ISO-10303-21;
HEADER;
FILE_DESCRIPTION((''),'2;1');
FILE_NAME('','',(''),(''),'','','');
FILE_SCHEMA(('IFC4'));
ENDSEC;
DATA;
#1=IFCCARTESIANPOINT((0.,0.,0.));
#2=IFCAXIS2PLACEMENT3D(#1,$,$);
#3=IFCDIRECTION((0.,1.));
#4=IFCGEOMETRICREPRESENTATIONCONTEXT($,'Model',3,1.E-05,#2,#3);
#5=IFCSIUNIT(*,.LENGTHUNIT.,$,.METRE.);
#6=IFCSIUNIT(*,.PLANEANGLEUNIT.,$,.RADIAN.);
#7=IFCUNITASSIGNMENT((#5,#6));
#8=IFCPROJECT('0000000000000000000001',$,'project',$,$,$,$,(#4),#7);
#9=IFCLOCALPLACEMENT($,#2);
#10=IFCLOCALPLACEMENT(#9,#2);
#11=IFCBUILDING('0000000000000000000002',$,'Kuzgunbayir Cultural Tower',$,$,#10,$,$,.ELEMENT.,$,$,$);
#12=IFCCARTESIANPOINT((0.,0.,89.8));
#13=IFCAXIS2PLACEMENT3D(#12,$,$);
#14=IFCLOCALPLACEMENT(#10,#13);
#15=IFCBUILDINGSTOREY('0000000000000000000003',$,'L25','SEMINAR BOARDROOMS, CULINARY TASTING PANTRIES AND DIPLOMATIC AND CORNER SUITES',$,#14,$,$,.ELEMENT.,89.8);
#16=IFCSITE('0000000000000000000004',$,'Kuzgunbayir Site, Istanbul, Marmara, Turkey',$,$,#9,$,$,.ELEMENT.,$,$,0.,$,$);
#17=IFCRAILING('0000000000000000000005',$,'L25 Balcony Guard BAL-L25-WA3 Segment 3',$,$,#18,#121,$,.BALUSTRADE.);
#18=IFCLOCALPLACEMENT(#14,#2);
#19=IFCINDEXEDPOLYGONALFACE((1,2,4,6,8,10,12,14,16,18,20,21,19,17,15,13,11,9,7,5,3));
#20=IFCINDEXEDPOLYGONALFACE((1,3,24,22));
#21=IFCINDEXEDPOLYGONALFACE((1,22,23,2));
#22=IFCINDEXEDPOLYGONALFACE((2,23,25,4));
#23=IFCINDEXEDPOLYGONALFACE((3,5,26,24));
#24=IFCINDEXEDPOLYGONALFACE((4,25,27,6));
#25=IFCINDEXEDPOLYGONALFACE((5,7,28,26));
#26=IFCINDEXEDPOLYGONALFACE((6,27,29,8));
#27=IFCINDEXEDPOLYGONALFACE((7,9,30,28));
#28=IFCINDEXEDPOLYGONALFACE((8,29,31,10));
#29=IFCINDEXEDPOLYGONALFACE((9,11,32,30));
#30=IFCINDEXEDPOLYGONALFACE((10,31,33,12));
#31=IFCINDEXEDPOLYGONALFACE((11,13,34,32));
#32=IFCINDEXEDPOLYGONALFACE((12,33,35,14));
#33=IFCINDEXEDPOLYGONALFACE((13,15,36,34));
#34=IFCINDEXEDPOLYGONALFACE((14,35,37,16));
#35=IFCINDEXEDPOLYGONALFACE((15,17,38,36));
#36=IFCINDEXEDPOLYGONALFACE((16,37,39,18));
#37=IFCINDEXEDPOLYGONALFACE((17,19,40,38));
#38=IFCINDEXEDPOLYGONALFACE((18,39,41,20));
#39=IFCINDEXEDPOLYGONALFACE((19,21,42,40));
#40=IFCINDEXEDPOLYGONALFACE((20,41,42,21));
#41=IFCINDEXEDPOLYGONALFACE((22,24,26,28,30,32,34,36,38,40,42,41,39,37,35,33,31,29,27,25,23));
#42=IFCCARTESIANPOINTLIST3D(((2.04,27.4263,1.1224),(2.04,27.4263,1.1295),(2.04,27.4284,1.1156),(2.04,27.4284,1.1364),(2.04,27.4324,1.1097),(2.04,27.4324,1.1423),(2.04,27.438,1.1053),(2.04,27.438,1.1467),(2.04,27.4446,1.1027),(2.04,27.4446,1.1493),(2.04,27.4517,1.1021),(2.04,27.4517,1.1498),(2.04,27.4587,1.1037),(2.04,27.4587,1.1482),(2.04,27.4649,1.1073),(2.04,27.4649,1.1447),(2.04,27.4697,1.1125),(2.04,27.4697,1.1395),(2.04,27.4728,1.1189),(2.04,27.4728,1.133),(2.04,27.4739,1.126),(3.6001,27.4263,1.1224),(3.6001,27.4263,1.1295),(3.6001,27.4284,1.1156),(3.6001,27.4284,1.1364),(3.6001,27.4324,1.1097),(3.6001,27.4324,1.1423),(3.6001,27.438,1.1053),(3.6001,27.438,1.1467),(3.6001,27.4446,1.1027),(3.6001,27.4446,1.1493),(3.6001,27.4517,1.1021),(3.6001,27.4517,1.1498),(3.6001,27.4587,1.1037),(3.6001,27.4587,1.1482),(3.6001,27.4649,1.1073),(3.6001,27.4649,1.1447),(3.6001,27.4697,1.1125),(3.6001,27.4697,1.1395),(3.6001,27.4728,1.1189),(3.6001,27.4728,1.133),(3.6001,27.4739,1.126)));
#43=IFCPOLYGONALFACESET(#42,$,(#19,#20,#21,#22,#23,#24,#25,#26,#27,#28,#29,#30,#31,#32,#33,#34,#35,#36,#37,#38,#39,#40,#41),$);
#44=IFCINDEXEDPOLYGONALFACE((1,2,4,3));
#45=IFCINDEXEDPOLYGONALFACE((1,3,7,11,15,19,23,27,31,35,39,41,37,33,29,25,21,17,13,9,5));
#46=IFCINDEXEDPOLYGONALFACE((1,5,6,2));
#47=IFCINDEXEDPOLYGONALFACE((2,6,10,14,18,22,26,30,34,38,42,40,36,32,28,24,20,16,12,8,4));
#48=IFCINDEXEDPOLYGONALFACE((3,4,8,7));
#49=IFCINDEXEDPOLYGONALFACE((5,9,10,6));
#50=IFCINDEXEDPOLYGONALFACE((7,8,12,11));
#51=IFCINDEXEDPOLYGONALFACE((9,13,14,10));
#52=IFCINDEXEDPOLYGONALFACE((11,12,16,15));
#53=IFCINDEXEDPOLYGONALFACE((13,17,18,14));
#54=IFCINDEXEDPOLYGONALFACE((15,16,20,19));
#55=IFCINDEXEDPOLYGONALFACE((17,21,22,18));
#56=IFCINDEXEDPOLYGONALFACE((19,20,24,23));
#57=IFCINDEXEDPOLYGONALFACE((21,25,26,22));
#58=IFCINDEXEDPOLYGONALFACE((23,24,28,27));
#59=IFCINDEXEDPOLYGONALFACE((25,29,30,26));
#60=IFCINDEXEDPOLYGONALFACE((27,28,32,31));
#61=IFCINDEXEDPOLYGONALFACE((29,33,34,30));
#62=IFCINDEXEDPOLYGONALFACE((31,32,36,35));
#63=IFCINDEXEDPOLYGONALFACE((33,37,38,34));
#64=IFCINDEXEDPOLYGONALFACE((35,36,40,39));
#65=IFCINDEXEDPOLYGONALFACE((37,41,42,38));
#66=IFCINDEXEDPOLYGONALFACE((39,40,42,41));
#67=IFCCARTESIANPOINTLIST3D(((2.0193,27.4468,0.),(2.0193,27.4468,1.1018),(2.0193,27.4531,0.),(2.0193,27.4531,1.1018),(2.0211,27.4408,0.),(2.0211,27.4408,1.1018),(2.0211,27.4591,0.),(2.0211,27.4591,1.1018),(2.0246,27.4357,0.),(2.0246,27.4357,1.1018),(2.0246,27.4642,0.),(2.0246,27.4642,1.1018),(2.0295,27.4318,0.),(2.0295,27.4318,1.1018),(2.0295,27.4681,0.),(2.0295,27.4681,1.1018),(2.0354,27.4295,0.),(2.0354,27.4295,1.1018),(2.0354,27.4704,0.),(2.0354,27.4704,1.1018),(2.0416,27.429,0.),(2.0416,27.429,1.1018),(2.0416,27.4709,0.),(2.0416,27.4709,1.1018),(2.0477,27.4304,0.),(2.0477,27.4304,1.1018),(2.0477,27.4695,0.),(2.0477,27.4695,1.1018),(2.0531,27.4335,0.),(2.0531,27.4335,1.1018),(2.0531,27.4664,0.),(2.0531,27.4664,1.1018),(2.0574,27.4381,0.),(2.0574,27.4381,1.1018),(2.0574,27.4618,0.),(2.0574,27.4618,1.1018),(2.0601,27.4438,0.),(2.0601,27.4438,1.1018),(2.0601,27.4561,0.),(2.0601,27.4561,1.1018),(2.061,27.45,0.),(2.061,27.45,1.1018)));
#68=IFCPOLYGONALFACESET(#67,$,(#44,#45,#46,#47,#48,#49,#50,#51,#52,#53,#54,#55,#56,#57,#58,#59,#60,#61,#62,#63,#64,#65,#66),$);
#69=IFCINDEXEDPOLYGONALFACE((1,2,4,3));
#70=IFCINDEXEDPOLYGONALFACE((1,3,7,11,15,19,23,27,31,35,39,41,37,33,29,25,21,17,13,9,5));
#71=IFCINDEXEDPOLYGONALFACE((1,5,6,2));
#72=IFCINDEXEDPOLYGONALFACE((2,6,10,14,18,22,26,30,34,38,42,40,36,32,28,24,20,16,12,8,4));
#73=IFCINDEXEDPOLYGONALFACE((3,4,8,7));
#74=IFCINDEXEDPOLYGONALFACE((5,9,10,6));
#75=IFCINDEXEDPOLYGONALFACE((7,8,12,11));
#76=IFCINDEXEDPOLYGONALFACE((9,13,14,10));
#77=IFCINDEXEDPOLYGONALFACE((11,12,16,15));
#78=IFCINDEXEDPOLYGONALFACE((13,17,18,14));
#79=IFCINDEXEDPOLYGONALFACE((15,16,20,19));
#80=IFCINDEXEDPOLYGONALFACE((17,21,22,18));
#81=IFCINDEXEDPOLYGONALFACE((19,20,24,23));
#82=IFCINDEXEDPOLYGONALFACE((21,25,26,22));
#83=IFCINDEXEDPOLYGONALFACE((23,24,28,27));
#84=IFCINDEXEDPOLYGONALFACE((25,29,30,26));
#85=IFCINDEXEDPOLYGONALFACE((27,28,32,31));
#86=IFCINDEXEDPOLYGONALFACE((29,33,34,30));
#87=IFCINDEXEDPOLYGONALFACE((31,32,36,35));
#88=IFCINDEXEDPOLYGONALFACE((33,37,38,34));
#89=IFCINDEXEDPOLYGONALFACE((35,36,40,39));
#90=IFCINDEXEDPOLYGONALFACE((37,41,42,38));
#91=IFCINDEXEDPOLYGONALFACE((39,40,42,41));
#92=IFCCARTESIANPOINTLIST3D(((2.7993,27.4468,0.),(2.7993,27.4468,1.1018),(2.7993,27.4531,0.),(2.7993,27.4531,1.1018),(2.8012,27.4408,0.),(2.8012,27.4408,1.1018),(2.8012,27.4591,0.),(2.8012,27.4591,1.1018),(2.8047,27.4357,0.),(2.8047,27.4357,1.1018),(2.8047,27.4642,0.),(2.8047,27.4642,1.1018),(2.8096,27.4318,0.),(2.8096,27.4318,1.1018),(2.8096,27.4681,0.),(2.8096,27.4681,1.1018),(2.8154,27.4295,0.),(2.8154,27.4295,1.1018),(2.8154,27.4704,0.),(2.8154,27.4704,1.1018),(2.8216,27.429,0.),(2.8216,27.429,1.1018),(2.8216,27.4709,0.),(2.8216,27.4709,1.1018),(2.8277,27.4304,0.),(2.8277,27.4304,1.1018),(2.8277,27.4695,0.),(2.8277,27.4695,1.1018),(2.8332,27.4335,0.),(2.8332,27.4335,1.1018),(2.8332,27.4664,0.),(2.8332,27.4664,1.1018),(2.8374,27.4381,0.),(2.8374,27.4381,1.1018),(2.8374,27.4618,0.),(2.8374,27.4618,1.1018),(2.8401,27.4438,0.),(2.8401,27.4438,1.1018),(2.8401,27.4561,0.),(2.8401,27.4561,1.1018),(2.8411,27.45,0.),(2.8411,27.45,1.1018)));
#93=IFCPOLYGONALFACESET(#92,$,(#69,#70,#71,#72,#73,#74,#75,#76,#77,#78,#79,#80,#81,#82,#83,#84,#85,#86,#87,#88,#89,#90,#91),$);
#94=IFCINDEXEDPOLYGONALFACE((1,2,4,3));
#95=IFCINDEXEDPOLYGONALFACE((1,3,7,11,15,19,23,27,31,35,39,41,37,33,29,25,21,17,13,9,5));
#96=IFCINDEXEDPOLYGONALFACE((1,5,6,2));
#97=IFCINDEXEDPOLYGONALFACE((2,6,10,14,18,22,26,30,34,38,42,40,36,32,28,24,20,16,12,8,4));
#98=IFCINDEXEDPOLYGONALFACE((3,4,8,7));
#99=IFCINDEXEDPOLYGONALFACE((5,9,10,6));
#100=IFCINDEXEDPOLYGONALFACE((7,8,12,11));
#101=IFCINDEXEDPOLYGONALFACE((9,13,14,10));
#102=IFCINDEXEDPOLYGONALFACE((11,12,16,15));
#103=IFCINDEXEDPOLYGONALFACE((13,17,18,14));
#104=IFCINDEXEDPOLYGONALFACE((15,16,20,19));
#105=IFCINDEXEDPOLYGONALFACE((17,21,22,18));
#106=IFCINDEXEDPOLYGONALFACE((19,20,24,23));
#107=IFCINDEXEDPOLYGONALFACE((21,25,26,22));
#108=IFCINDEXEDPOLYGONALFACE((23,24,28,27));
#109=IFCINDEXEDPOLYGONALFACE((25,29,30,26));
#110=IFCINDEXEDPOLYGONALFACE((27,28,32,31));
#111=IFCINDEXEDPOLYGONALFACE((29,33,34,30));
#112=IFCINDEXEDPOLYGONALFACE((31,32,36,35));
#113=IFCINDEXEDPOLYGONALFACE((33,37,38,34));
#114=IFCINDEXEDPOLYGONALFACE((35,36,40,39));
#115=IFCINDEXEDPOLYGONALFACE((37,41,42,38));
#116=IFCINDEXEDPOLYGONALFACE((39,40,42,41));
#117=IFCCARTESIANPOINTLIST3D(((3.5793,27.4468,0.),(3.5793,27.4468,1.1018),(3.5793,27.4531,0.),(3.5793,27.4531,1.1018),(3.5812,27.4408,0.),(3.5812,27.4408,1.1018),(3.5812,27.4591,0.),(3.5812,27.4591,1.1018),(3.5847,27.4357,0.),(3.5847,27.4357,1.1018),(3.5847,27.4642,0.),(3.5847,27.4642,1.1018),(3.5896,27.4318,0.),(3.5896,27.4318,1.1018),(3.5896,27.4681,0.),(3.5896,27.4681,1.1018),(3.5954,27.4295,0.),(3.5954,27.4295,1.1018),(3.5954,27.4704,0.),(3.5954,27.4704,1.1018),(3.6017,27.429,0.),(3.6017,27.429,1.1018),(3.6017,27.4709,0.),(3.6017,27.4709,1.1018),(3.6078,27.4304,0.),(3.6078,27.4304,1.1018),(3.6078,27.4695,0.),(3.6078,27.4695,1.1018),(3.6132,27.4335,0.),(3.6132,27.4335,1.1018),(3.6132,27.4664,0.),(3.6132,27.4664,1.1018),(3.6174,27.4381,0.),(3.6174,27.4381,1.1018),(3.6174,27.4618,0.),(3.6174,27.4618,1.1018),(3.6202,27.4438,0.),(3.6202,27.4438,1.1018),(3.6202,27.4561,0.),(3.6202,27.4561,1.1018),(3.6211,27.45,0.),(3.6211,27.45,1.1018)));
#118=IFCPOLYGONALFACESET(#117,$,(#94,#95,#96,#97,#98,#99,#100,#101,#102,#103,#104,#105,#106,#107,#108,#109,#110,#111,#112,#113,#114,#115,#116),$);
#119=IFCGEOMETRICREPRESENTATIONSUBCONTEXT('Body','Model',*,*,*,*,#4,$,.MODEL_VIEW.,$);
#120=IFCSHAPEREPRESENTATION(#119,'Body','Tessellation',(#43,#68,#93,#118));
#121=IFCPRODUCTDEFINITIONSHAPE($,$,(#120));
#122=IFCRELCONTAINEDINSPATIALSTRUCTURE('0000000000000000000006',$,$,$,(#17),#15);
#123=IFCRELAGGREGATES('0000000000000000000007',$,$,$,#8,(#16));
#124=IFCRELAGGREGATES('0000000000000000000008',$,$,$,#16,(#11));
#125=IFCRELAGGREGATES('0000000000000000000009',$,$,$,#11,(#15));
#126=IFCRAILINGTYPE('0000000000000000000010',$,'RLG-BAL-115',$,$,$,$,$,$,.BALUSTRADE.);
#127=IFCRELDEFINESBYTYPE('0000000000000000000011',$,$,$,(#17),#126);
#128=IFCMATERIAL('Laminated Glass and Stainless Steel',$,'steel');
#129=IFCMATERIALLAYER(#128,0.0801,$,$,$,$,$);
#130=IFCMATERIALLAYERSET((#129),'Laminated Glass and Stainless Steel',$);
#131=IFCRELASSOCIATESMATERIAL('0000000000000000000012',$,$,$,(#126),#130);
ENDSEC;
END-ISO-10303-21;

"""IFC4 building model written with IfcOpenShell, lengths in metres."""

from ifc_helpers import new_model, si_unit, direction, frame, origin, origin_2d, place, context, subcontext, project, spatial, circle, extrude, material, layer, layer_set, type_object, element, save


model = new_model("IFC4")

# Units and contexts
model_context = context("Model", 3, precision=1e-05, world=origin(), true_north=direction((0.0, 1.0)))
body_context = subcontext(model_context, "Body", "Model", "MODEL_VIEW")
ifc_project = project(units=[si_unit("LENGTHUNIT", "METRE"), si_unit("PLANEANGLEUNIT", "RADIAN")], contexts=[model_context])

# Site, building, storey
site_placement = place(None, origin())
site = spatial("IfcSite", under=ifc_project, at=site_placement, Name="Kuzgunbayir Site, Istanbul, Marmara, Turkey", CompositionType="ELEMENT", RefElevation=0.0)
building_placement = place(site_placement, origin())
building = spatial("IfcBuilding", under=site, at=building_placement, Name="Kuzgunbayir Cultural Tower", CompositionType="ELEMENT")
storey_placement = place(building_placement, frame((0.0, 0.0, 89.8)))
storey = spatial("IfcBuildingStorey", under=building, at=storey_placement, Name="L25", Description="SEMINAR BOARDROOMS, CULINARY TASTING PANTRIES AND DIPLOMATIC AND CORNER SUITES", CompositionType="ELEMENT", Elevation=89.8)

# Railing
ifc_material_1 = material(Name="Laminated Glass and Stainless Steel", Category="steel")
ifc_layer_1 = layer(ifc_material_1, 0.0801)
ifc_layer_set_1 = layer_set([ifc_layer_1], Name="Laminated Glass and Stainless Steel")
railing_type = type_object("IfcRailingType", Name="RLG-BAL-115", PredefinedType="BALUSTRADE", material=ifc_layer_set_1)
railing_1_placement = place(storey_placement, frame((2.04, 27.45, 0.0)))
element("IfcRailing", 1, at=railing_1_placement, inside=storey, type_object=railing_type, Name="L25 Balcony Guard BAL-L25-WA3 Segment 3", PredefinedType="BALUSTRADE", context=body_context, shape_type="SweptSolid", body=[
    extrude(circle(Radius=0.0239, at=origin_2d()), frame((0.0, 0.0, 1.126), z_axis=(1.0, 0.0, 0.0), x_axis=(0.0, 1.0, 0.0)), (0.0, 0.0, 1.0), 1.5601),
    extrude(circle(Radius=0.021, at=origin_2d()), origin(), (0.0, 0.0, 1.0), 1.1018),
    extrude(circle(Radius=0.021, at=origin_2d()), frame((0.78, 0.0, 0.0)), (0.0, 0.0, 1.0), 1.1018),
    extrude(circle(Radius=0.021, at=origin_2d()), frame((1.5601, 0.0, 0.0)), (0.0, 0.0, 1.0), 1.1018),
])

save(model, "model.ifc")
